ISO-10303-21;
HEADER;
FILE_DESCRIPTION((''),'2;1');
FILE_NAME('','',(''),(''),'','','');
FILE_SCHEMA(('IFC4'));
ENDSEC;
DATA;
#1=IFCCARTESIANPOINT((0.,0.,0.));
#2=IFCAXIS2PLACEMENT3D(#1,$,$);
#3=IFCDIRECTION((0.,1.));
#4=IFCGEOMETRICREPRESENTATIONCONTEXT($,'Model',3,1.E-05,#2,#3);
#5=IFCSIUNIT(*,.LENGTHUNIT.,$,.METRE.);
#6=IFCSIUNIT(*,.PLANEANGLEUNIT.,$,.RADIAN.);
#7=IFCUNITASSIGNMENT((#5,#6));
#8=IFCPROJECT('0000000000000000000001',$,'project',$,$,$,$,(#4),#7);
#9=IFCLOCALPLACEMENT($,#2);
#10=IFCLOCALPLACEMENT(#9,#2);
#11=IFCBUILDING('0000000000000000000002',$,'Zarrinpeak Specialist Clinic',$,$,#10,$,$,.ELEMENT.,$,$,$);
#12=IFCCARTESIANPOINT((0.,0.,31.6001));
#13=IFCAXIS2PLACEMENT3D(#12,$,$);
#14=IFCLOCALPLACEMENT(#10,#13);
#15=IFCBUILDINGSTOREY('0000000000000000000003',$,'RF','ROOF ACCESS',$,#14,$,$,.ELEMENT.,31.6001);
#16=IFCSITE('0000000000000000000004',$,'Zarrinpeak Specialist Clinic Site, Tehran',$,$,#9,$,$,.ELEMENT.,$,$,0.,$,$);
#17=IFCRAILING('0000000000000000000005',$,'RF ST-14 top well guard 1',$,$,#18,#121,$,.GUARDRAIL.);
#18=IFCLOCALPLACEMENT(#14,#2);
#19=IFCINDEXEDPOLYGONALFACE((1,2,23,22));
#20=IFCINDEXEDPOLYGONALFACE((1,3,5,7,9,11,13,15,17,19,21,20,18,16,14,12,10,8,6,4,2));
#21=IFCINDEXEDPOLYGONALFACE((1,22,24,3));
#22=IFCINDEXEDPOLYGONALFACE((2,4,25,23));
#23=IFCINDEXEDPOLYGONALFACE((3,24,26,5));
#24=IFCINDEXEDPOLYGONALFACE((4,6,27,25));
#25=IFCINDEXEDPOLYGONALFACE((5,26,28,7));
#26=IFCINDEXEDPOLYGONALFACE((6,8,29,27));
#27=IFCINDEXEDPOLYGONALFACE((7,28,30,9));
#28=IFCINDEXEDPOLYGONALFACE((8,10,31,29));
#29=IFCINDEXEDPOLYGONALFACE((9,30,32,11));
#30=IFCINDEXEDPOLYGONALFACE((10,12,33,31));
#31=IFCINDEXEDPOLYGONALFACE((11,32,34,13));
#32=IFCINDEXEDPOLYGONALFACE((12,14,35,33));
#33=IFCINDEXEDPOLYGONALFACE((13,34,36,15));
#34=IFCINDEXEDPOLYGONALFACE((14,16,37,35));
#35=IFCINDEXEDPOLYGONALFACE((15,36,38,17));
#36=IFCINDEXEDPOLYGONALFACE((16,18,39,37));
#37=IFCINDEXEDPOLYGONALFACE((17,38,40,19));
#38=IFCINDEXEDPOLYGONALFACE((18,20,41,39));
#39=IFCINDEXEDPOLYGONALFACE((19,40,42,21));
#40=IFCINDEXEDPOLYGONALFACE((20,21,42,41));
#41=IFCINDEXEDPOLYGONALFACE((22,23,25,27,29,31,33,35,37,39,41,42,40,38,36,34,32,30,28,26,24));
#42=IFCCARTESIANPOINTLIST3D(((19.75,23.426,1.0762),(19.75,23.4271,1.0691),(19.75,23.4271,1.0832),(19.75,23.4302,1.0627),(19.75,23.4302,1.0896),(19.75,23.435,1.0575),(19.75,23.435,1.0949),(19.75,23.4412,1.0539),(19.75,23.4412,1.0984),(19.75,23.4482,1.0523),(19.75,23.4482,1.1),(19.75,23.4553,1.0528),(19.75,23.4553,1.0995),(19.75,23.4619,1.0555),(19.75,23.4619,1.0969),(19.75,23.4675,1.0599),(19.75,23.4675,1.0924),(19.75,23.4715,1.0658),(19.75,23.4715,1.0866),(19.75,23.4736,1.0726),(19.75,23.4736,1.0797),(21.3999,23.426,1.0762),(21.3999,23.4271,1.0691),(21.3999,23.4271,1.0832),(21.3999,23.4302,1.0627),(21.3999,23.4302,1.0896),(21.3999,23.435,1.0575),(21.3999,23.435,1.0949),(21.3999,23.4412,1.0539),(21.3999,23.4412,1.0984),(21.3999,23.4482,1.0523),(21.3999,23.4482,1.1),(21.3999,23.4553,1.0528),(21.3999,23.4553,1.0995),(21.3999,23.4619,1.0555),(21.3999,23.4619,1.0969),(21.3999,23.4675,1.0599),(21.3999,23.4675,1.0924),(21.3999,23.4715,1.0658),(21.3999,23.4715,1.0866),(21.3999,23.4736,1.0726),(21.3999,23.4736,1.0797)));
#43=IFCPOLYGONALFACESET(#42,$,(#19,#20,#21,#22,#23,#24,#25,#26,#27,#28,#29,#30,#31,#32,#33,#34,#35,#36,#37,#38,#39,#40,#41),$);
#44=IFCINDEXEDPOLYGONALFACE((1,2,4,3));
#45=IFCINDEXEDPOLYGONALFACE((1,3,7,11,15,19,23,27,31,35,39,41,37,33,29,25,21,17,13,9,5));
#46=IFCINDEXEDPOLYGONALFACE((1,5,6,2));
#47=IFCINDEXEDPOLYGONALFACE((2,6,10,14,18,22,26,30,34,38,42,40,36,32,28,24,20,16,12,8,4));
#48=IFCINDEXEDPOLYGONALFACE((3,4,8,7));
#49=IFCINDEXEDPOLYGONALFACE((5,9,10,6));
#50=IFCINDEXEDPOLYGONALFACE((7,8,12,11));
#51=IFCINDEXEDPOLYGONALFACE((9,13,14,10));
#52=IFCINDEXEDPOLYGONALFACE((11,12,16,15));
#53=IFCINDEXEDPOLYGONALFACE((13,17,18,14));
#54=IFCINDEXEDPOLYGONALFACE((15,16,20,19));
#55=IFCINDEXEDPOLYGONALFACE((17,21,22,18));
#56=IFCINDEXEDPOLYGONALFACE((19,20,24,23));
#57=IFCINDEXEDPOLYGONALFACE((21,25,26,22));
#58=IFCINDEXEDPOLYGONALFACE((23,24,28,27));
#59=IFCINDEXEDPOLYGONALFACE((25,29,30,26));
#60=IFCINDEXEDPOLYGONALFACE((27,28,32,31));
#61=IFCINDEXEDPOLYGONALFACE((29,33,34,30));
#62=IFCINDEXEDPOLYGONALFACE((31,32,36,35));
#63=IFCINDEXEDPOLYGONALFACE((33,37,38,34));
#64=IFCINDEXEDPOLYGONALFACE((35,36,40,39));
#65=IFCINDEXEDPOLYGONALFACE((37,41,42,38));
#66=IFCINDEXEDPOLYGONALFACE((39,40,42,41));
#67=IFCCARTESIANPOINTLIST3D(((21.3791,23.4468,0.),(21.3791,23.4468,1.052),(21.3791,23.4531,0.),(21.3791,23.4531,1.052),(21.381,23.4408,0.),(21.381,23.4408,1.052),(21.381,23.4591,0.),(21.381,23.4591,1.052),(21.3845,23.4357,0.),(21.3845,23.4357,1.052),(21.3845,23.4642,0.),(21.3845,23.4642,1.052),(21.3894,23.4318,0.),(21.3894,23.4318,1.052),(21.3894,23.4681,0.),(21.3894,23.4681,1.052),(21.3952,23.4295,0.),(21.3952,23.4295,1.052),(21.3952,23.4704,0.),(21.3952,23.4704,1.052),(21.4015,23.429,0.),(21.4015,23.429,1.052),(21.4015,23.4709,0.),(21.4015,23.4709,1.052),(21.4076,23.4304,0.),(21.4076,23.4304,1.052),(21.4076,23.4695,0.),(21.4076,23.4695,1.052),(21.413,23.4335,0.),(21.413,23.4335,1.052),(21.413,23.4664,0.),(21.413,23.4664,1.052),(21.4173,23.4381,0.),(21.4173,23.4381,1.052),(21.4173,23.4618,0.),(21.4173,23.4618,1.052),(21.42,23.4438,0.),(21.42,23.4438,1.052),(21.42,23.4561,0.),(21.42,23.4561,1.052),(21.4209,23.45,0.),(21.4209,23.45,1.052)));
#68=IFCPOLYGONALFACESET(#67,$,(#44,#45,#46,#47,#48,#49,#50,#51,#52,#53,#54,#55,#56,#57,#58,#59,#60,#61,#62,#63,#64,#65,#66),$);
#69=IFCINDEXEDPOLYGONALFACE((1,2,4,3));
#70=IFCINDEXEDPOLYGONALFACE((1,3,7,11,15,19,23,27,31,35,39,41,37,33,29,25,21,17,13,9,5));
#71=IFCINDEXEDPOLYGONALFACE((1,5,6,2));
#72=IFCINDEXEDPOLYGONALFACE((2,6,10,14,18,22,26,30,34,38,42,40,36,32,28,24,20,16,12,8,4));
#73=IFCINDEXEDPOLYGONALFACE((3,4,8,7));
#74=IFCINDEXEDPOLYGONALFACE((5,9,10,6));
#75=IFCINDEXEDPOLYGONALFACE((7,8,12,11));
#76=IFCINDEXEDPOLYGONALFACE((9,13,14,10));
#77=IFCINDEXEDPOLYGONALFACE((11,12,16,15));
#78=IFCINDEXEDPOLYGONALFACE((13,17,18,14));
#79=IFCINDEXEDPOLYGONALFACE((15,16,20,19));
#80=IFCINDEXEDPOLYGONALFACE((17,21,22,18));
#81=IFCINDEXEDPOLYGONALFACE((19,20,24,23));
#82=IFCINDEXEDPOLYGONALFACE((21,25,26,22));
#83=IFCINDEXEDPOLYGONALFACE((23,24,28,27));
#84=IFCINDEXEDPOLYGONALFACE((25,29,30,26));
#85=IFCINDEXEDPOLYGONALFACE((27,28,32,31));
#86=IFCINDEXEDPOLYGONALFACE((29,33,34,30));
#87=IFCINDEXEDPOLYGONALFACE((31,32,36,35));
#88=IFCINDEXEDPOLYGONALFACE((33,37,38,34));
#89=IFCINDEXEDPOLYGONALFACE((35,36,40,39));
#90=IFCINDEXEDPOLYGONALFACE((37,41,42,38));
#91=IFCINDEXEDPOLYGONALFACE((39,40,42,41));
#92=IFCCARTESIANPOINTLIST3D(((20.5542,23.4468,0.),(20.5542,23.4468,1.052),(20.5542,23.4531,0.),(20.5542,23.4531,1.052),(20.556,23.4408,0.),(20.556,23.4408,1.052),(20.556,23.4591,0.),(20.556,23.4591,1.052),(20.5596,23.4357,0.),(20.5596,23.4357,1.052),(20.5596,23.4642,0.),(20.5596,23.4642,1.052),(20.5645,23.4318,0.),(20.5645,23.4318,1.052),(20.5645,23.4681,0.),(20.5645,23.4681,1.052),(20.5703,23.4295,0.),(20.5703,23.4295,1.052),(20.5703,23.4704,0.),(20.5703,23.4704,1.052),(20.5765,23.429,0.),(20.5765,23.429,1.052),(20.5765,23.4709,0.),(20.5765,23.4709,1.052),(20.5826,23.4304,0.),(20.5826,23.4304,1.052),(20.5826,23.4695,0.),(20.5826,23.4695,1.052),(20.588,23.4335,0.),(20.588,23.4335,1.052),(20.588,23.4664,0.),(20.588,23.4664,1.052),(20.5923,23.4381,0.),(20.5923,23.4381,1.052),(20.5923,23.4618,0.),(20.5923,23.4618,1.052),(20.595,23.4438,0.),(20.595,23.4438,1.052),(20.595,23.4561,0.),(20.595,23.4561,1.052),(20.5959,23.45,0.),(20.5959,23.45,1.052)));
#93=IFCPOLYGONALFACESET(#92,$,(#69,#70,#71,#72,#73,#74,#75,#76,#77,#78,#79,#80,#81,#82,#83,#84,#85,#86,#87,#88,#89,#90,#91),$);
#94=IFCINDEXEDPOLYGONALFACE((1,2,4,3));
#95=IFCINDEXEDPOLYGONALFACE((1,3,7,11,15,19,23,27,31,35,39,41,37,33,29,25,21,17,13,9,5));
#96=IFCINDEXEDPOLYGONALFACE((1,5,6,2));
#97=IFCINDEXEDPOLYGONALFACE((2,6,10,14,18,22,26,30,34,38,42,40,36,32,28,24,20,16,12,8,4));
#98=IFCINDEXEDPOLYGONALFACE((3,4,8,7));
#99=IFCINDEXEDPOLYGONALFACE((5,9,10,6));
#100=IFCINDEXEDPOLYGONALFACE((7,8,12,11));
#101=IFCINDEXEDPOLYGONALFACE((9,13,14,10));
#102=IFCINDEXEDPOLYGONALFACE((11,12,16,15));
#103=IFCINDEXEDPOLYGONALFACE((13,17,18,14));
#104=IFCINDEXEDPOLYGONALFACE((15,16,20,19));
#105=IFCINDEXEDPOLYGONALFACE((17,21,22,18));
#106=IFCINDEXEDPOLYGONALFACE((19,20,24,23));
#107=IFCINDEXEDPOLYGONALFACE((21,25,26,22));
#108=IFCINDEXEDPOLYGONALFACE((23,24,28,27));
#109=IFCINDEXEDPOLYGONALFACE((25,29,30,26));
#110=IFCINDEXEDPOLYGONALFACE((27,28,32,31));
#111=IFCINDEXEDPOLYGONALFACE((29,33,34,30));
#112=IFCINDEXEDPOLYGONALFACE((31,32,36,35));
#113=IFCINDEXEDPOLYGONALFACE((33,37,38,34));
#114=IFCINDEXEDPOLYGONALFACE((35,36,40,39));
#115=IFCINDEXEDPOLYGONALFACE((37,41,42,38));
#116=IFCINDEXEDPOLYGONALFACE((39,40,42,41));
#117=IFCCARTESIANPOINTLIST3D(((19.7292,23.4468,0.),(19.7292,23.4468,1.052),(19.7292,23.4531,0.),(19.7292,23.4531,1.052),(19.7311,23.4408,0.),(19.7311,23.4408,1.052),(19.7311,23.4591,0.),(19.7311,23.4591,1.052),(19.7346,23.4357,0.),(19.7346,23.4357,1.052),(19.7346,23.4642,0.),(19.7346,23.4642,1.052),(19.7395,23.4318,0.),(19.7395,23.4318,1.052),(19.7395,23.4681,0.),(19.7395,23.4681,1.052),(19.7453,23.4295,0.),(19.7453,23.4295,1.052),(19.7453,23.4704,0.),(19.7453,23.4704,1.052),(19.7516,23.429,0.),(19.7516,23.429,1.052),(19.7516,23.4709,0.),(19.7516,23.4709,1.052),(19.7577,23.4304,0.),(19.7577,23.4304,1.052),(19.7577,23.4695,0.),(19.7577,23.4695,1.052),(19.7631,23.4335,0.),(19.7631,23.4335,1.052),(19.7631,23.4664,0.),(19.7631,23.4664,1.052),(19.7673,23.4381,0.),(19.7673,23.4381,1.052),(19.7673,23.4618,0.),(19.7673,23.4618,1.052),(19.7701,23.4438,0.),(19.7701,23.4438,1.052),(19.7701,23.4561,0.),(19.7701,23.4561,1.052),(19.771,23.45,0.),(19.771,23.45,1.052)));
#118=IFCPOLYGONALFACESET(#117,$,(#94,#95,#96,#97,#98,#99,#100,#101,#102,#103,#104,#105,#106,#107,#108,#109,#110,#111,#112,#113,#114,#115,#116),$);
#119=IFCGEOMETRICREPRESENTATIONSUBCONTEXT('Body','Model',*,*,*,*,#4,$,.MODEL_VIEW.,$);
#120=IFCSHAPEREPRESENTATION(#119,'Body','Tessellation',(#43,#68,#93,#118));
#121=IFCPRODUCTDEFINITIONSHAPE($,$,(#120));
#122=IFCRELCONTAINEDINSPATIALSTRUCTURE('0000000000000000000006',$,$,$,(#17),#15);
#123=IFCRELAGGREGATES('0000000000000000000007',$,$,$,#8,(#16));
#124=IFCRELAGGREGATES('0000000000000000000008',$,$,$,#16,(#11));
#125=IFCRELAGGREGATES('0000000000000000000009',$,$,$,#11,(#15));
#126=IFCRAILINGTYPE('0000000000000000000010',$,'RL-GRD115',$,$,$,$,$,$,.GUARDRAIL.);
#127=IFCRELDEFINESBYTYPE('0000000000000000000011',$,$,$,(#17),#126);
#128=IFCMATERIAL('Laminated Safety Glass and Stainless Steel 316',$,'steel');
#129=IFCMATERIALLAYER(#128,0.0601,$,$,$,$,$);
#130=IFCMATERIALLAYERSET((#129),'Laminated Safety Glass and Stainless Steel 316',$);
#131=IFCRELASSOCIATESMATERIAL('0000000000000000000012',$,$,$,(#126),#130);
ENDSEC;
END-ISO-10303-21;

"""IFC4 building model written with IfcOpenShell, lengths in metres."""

from ifc_helpers import new_model, si_unit, direction, frame, origin, origin_2d, place, context, subcontext, project, spatial, circle, extrude, material, layer, layer_set, type_object, element, save


model = new_model("IFC4")

# Units and contexts
model_context = context("Model", 3, precision=1e-05, world=origin(), true_north=direction((0.0, 1.0)))
body_context = subcontext(model_context, "Body", "Model", "MODEL_VIEW")
ifc_project = project(units=[si_unit("LENGTHUNIT", "METRE"), si_unit("PLANEANGLEUNIT", "RADIAN")], contexts=[model_context])

# Site, building, storey
site_placement = place(None, origin())
site = spatial("IfcSite", under=ifc_project, at=site_placement, Name="Zarrinpeak Specialist Clinic Site, Tehran", CompositionType="ELEMENT", RefElevation=0.0)
building_placement = place(site_placement, origin())
building = spatial("IfcBuilding", under=site, at=building_placement, Name="Zarrinpeak Specialist Clinic", CompositionType="ELEMENT")
storey_placement = place(building_placement, frame((0.0, 0.0, 31.6001)))
storey = spatial("IfcBuildingStorey", under=building, at=storey_placement, Name="RF", Description="ROOF ACCESS", CompositionType="ELEMENT", Elevation=31.6001)

# Railing
ifc_material_1 = material(Name="Laminated Safety Glass and Stainless Steel 316", Category="steel")
ifc_layer_1 = layer(ifc_material_1, 0.0601)
ifc_layer_set_1 = layer_set([ifc_layer_1], Name="Laminated Safety Glass and Stainless Steel 316")
railing_type = type_object("IfcRailingType", Name="RL-GRD115", PredefinedType="GUARDRAIL", material=ifc_layer_set_1)
railing_1_placement = place(storey_placement, frame((21.3999, 23.45, 0.0)))
element("IfcRailing", 1, at=railing_1_placement, inside=storey, type_object=railing_type, Name="RF ST-14 top well guard 1", PredefinedType="GUARDRAIL", context=body_context, shape_type="SweptSolid", body=[
    extrude(circle(Radius=0.0239, at=origin_2d()), frame((0.0, 0.0, 1.0762), z_axis=(-1.0, 0.0, 0.0), x_axis=(0.0, -1.0, 0.0)), (0.0, 0.0, 1.0), 1.6499),
    extrude(circle(Radius=0.021, at=origin_2d()), origin(), (0.0, 0.0, 1.0), 1.052),
    extrude(circle(Radius=0.021, at=origin_2d()), frame((-0.825, 0.0, 0.0)), (0.0, 0.0, 1.0), 1.052),
    extrude(circle(Radius=0.021, at=origin_2d()), frame((-1.6499, 0.0, 0.0)), (0.0, 0.0, 1.0), 1.052),
])

save(model, "model.ifc")
